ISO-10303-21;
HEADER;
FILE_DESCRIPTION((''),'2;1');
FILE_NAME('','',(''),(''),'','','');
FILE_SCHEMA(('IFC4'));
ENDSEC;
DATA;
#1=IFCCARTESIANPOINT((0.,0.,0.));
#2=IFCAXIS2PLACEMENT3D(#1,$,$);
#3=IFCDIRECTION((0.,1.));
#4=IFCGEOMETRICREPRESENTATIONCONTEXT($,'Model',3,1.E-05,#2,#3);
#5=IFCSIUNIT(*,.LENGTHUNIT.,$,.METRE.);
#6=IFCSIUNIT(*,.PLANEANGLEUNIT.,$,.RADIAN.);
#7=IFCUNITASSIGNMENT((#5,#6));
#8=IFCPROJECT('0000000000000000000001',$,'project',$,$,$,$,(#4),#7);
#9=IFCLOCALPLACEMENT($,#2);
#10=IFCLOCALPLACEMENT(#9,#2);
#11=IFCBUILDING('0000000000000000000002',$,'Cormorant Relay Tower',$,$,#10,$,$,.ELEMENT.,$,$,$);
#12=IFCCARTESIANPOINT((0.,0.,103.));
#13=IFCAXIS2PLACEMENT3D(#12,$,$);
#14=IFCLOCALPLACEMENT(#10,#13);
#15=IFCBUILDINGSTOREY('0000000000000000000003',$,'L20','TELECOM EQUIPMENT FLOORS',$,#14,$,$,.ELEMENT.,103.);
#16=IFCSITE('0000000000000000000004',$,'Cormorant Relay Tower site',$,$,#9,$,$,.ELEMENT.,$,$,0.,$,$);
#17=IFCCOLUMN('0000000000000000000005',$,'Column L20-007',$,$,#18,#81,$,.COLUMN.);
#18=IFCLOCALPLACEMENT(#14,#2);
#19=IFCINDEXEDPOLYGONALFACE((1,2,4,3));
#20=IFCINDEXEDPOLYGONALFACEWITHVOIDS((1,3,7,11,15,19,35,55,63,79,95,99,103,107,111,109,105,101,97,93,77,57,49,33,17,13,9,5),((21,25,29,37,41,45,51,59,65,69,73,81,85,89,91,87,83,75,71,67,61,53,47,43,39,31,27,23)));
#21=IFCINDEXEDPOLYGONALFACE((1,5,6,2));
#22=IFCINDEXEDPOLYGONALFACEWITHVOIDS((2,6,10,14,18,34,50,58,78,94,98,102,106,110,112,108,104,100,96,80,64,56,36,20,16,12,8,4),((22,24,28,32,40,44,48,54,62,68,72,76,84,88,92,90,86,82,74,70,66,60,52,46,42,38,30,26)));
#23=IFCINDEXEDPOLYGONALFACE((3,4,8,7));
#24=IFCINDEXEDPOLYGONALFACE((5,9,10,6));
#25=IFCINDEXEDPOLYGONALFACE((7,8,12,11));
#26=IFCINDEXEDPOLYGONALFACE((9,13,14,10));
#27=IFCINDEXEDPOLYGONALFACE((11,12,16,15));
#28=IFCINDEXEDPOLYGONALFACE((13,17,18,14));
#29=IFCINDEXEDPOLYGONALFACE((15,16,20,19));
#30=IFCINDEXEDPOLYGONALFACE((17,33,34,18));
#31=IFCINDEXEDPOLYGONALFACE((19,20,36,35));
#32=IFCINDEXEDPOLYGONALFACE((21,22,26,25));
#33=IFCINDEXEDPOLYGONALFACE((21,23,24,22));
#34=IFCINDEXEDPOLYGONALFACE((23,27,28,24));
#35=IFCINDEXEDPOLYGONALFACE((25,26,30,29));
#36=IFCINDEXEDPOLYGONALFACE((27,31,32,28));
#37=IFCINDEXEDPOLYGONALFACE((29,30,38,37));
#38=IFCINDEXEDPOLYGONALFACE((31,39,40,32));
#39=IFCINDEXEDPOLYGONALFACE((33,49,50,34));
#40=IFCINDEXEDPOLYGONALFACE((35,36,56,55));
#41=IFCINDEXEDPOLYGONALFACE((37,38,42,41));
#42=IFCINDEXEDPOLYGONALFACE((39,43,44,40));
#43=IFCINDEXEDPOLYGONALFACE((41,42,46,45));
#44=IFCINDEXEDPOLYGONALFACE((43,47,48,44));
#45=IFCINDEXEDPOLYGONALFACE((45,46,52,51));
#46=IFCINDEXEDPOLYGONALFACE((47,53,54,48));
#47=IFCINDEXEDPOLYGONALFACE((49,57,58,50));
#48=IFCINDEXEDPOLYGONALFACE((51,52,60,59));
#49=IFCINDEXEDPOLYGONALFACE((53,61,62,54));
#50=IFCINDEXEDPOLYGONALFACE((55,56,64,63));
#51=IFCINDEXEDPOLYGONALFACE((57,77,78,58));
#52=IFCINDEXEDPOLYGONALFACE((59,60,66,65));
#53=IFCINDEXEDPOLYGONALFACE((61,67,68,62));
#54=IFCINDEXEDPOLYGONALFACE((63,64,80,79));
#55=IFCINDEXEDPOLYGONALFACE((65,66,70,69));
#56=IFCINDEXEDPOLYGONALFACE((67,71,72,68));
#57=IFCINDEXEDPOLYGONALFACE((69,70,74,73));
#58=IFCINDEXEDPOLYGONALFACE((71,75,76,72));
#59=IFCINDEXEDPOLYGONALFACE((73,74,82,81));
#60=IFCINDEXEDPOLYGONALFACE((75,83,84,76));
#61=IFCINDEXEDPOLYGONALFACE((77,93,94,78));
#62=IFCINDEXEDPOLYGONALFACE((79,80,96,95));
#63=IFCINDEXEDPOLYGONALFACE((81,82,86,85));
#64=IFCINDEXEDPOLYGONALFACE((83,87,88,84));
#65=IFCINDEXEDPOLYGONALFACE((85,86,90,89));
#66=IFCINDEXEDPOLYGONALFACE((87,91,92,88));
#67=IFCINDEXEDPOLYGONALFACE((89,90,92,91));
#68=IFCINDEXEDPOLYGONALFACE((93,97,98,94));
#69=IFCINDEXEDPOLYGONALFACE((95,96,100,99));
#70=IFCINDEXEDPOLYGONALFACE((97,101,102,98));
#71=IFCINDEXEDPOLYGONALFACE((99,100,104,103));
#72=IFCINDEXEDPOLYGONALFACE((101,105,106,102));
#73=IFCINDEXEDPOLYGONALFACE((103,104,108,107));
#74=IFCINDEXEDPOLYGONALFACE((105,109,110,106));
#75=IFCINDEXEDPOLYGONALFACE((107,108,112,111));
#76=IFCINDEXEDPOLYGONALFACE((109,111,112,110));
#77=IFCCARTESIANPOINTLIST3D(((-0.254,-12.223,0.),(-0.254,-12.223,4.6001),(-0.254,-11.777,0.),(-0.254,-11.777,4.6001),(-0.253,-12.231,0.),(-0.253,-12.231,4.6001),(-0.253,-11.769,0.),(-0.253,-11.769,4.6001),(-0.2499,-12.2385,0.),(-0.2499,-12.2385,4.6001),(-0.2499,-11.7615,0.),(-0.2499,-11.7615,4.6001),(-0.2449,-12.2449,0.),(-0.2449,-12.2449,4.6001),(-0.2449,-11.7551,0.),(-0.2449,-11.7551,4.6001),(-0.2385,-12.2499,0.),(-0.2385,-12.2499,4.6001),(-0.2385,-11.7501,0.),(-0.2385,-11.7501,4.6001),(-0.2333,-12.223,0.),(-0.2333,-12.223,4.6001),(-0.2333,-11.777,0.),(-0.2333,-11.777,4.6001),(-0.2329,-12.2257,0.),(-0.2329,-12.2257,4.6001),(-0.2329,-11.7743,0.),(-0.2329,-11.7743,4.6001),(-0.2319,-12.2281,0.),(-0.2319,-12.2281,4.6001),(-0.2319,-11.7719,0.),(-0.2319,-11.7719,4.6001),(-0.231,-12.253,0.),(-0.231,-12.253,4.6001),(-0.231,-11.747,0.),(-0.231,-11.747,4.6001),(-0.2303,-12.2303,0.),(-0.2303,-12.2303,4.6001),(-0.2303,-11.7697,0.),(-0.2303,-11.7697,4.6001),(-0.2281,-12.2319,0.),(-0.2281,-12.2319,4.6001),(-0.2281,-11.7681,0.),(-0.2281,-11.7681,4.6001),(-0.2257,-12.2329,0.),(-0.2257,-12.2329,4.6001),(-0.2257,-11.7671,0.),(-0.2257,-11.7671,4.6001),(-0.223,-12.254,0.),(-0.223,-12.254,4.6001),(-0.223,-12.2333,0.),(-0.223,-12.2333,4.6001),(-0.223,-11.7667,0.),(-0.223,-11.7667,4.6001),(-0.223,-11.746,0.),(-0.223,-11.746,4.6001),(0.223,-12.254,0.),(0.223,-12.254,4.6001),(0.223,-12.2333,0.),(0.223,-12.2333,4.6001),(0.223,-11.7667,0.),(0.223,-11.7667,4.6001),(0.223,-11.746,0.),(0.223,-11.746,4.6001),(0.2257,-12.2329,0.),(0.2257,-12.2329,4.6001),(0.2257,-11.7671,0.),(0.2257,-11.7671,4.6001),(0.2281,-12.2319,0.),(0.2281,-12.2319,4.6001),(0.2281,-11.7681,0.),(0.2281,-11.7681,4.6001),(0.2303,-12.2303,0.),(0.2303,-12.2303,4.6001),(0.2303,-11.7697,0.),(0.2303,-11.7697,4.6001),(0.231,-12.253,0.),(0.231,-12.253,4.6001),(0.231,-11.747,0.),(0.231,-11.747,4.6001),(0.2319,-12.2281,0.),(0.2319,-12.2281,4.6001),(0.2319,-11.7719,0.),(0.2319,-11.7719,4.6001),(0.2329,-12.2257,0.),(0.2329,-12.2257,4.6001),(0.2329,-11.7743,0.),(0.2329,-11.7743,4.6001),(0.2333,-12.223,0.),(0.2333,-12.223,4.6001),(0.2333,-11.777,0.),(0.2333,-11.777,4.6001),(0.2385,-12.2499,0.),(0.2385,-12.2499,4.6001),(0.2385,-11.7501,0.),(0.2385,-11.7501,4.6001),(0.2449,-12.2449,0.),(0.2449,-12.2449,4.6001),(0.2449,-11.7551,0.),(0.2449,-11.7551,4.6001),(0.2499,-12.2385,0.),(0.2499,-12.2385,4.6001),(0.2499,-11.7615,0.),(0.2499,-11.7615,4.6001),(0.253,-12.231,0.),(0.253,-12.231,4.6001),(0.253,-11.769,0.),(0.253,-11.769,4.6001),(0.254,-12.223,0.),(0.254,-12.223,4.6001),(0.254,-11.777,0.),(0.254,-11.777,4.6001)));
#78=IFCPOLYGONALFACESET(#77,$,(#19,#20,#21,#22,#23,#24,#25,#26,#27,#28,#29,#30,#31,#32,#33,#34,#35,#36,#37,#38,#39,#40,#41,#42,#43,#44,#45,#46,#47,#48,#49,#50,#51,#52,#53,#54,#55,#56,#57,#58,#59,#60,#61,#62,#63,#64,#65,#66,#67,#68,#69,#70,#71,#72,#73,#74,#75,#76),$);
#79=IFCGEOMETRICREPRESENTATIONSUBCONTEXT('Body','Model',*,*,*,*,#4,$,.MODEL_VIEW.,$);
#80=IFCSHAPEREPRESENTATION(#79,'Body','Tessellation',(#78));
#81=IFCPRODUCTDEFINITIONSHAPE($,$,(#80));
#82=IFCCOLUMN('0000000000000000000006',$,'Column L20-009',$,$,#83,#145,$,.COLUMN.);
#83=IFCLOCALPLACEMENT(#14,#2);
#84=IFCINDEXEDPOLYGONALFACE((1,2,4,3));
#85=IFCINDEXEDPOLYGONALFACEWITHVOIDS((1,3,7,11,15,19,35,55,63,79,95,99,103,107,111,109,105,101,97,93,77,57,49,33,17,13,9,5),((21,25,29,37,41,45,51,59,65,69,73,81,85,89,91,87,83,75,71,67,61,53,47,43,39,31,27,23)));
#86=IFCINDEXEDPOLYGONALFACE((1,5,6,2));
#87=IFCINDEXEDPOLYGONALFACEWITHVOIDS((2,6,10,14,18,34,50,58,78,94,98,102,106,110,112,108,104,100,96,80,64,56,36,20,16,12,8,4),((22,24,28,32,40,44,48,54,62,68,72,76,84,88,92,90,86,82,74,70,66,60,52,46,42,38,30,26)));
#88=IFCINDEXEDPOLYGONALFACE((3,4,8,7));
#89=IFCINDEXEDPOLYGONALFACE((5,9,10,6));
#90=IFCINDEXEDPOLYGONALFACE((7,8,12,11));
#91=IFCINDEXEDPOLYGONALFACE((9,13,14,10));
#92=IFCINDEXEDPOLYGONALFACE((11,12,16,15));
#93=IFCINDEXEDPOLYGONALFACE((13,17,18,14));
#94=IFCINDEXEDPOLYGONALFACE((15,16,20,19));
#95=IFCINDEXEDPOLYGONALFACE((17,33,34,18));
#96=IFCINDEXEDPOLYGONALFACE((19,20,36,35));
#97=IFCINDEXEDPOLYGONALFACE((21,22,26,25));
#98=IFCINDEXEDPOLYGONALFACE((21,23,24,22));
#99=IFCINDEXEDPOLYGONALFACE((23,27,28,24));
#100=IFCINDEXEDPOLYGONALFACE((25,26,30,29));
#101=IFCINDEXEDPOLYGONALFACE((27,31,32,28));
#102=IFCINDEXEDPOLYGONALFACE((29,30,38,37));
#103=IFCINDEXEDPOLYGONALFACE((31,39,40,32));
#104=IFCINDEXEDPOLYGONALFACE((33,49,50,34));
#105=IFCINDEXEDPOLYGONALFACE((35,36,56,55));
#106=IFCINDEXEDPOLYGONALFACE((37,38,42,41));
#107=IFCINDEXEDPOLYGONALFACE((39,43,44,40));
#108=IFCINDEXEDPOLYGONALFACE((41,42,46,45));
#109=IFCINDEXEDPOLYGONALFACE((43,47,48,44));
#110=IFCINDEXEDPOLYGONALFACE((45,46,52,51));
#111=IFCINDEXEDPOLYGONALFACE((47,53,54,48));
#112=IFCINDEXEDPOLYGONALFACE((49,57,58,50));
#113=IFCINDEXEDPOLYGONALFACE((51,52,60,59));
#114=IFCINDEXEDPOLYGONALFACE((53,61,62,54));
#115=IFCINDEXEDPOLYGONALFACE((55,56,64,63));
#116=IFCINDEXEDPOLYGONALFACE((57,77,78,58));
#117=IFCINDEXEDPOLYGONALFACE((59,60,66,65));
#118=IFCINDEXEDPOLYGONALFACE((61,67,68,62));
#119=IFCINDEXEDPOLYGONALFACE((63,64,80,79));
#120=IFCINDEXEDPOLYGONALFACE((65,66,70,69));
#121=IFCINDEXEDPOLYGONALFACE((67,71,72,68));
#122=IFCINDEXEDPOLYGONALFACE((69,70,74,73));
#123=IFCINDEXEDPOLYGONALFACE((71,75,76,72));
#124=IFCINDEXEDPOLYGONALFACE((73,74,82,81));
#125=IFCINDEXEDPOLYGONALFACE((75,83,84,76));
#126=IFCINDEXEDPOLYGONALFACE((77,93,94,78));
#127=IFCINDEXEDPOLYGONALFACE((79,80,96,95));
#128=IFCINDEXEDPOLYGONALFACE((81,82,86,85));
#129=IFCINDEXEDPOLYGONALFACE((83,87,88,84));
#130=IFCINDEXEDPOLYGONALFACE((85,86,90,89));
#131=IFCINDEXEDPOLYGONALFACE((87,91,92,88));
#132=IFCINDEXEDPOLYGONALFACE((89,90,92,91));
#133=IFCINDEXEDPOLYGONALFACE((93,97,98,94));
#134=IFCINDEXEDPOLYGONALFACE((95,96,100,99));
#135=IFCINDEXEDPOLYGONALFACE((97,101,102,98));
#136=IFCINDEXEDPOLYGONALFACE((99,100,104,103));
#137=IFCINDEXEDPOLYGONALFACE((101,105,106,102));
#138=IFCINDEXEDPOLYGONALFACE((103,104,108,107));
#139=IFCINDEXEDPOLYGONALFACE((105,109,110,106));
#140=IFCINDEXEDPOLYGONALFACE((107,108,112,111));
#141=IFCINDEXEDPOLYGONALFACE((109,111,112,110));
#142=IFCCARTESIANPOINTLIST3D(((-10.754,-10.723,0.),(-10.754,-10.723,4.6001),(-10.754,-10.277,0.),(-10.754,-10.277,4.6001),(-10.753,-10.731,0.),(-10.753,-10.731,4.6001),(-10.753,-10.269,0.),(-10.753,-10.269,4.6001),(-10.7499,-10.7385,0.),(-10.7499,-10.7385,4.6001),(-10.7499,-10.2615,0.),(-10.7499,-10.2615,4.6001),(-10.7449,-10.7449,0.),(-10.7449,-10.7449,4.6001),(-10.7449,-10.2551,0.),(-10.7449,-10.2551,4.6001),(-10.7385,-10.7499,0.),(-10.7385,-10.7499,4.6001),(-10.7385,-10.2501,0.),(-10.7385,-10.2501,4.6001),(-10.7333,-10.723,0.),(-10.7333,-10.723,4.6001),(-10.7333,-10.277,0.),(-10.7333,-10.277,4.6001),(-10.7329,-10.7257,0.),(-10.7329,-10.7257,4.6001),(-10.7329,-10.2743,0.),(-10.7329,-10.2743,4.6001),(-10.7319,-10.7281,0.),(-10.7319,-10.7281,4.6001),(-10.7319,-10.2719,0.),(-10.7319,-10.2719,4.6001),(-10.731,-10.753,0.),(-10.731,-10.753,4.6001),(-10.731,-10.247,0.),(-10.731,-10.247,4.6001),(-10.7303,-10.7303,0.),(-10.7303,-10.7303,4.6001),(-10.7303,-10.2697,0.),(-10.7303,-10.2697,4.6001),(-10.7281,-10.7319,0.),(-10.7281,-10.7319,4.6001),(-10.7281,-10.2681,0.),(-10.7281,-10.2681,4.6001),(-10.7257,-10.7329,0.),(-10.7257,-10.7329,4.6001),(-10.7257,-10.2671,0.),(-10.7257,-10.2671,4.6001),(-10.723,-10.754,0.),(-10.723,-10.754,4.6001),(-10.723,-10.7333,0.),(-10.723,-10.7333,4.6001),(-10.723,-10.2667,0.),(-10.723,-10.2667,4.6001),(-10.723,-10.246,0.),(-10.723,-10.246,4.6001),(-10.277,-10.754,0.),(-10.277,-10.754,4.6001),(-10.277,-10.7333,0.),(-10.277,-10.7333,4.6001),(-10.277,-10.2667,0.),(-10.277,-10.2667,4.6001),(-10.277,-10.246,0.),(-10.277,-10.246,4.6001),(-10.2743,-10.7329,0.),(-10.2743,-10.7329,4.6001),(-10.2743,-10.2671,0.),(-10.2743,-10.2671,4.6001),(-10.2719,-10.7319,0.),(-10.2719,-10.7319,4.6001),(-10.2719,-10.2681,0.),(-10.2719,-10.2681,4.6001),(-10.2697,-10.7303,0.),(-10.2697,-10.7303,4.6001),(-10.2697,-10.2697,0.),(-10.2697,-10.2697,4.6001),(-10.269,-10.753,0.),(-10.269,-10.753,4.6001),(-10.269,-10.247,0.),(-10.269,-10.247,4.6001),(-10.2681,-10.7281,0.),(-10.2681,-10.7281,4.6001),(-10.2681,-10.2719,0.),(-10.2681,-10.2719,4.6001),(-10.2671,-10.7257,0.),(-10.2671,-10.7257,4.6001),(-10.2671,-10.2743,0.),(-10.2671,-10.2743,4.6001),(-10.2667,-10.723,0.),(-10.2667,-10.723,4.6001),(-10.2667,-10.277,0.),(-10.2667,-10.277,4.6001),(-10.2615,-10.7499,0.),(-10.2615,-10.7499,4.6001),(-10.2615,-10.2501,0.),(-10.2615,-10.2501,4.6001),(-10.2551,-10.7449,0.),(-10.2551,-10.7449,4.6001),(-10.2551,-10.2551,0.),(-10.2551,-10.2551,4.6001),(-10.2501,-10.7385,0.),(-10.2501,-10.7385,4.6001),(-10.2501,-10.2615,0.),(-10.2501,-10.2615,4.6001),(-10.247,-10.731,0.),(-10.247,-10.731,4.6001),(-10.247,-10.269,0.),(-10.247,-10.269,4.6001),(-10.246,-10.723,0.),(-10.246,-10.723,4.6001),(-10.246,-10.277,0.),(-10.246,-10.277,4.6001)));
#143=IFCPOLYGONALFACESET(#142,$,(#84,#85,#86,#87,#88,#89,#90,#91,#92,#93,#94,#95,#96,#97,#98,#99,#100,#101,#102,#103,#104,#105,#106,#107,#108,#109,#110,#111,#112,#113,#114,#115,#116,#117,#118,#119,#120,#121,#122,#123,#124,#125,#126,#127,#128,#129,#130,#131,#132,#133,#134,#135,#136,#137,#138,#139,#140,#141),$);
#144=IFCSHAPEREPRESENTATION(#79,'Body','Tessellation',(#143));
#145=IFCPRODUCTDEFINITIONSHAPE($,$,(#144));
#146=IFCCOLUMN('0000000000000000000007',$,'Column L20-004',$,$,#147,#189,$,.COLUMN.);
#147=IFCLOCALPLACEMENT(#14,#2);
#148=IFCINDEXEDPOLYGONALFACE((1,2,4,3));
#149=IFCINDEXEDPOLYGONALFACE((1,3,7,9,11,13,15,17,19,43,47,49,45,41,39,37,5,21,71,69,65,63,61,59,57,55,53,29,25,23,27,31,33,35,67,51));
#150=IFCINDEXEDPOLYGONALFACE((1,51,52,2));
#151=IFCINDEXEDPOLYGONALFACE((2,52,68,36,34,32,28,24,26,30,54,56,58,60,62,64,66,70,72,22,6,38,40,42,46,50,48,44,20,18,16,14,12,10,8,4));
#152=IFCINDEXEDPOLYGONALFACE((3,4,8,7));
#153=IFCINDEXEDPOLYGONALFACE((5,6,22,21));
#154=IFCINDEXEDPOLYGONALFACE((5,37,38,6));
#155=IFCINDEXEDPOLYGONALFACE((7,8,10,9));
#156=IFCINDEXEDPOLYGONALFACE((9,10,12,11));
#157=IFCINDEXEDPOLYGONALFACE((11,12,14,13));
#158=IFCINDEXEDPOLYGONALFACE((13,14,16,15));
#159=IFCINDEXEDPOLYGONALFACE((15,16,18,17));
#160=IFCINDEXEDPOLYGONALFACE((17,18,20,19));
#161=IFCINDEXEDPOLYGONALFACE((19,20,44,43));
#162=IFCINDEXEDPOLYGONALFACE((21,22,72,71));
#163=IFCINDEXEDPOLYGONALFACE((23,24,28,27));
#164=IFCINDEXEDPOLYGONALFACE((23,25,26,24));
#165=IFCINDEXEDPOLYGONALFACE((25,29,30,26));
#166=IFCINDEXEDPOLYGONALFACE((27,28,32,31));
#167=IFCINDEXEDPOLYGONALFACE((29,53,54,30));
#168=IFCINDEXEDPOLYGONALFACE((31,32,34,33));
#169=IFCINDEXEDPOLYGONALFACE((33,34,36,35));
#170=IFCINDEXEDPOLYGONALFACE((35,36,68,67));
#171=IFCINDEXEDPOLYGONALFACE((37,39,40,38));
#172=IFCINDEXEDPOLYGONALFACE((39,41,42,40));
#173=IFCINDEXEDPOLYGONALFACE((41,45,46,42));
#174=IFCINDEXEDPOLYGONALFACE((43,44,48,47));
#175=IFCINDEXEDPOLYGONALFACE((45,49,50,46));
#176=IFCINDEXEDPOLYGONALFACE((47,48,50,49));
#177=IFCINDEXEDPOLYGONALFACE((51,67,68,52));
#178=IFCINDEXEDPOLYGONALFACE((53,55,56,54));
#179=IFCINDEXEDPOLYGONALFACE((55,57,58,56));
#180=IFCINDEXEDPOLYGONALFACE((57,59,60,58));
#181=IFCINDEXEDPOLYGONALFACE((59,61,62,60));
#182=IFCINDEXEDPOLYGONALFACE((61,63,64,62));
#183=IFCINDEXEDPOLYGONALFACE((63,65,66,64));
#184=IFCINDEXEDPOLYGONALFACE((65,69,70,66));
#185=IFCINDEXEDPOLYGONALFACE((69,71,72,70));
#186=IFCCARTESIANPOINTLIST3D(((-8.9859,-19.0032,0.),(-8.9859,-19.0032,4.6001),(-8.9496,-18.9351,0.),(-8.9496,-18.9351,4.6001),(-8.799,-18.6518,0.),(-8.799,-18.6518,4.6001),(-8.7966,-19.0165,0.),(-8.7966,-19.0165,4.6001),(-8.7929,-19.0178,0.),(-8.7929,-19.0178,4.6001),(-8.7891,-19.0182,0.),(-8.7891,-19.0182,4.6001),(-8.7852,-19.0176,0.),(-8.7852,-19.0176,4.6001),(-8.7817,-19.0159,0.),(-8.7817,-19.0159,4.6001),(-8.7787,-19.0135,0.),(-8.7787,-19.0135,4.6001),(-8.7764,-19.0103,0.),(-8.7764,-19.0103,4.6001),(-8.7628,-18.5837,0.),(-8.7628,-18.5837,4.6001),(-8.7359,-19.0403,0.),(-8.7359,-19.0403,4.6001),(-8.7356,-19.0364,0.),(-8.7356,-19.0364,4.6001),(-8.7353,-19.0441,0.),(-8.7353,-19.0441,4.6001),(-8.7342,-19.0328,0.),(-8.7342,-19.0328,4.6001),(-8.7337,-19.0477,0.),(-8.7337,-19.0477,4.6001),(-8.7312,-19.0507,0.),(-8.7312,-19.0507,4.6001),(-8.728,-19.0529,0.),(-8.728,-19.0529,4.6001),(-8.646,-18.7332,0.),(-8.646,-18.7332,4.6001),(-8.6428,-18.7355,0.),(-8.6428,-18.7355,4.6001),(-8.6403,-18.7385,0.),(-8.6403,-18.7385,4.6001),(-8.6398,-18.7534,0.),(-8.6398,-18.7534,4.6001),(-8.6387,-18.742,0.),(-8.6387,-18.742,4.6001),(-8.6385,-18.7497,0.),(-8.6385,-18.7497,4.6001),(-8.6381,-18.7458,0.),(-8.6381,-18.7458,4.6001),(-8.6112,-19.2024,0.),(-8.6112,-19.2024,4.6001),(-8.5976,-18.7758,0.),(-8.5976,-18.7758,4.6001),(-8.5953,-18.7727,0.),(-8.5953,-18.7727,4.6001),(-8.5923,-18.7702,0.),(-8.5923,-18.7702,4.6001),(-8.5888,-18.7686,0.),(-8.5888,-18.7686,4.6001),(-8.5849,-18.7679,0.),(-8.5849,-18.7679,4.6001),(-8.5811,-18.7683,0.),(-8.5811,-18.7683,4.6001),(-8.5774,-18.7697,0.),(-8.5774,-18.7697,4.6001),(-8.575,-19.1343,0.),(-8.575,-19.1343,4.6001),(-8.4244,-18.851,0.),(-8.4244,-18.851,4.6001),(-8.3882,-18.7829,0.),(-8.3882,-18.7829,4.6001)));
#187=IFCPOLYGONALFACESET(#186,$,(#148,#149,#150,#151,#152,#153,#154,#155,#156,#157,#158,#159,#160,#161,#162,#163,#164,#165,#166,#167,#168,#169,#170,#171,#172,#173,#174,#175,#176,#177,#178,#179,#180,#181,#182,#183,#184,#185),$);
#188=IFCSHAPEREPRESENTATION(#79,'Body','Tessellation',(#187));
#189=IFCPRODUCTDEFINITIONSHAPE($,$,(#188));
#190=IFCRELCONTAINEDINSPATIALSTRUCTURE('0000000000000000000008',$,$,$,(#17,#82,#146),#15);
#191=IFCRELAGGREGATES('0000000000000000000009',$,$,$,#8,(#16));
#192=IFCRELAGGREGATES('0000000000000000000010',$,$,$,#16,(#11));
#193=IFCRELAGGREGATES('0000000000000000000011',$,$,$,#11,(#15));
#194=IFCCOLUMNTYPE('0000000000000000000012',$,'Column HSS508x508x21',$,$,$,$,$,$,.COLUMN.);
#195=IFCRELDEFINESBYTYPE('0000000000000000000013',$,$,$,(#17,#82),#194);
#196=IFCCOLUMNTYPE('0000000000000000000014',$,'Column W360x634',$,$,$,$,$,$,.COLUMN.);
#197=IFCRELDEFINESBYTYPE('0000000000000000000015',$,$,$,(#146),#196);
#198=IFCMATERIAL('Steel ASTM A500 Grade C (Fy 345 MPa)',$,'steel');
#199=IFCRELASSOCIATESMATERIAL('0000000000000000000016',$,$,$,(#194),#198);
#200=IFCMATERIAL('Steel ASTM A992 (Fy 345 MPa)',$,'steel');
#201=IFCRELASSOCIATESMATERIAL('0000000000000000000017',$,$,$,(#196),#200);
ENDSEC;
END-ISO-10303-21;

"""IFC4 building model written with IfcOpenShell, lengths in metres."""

from ifc_helpers import new_model, si_unit, direction, frame, origin, origin_2d, place, context, subcontext, project, spatial, hollow_rectangle, i_section, extrude, material, material_profile, profile_set, type_object, element, save


model = new_model("IFC4")

# Units and contexts
model_context = context("Model", 3, precision=1e-05, world=origin(), true_north=direction((0.0, 1.0)))
body_context = subcontext(model_context, "Body", "Model", "MODEL_VIEW")
ifc_project = project(units=[si_unit("LENGTHUNIT", "METRE"), si_unit("PLANEANGLEUNIT", "RADIAN")], contexts=[model_context])

# Site, building, storey
site_placement = place(None, origin())
site = spatial("IfcSite", under=ifc_project, at=site_placement, Name="Cormorant Relay Tower site", CompositionType="ELEMENT", RefElevation=0.0)
building_placement = place(site_placement, origin())
building = spatial("IfcBuilding", under=site, at=building_placement, Name="Cormorant Relay Tower", CompositionType="ELEMENT")
storey_placement = place(building_placement, frame((0.0, 0.0, 103.0)))
storey = spatial("IfcBuildingStorey", under=building, at=storey_placement, Name="L20", Description="TELECOM EQUIPMENT FLOORS", CompositionType="ELEMENT", Elevation=103.0)

# Columns
ifc_material_1 = material(Name="Steel ASTM A500 Grade C (Fy 345 MPa)", Category="steel")
ifc_material_profile_1 = material_profile(ifc_material_1, hollow_rectangle(XDim=0.5081, YDim=0.5081, WallThickness=0.0208, InnerFilletRadius=0.0103, OuterFilletRadius=0.031, at=origin_2d()), Name="HSS508x508x21")
ifc_profile_set_1 = profile_set([ifc_material_profile_1], Name="Steel ASTM A500 Grade C (Fy 345 MPa)")
column_type_1 = type_object("IfcColumnType", Name="Column HSS508x508x21", PredefinedType="COLUMN", material=ifc_profile_set_1)
for number, where, z_axis, x_axis, name in (
    (1, (0.0, -12.0, 0.0), (0.0, 0.0, 1.0), (1.0, 0.0, 0.0), "Column L20-007"),
    (2, (-10.5, -10.5, 0.0), (0.0, 0.0, 1.0), (1.0, 0.0, 0.0), "Column L20-009"),
):
    element("IfcColumn", number, at=place(storey_placement, frame(where, z_axis=z_axis, x_axis=x_axis)), inside=storey, type_object=column_type_1, Name=name, PredefinedType="COLUMN", context=body_context, shape_type="SweptSolid", body=[
        extrude(hollow_rectangle(XDim=0.5081, YDim=0.5081, WallThickness=0.0208, InnerFilletRadius=0.0103, OuterFilletRadius=0.031, at=origin_2d()), origin(), (0.0, 0.0, 1.0), 4.6001),
    ])
ifc_material_2 = material(Name="Steel ASTM A992 (Fy 345 MPa)", Category="steel")
ifc_material_profile_2 = material_profile(ifc_material_2, i_section(OverallWidth=0.4243, OverallDepth=0.4751, WebThickness=0.0479, FlangeThickness=0.0771, FilletRadius=0.0149, at=origin_2d()), Name="W360x634")
ifc_profile_set_2 = profile_set([ifc_material_profile_2], Name="Steel ASTM A992 (Fy 345 MPa)")
column_type_2 = type_object("IfcColumnType", Name="Column W360x634", PredefinedType="COLUMN", material=ifc_profile_set_2)
for number, where, z_axis, x_axis, name in (
    (3, (-8.687, -18.8931, 0.0), (0.0, 0.0, 1.0), (0.882948, -0.469472, 0.0), "Column L20-004"),
):
    element("IfcColumn", number, at=place(storey_placement, frame(where, z_axis=z_axis, x_axis=x_axis)), inside=storey, type_object=column_type_2, Name=name, PredefinedType="COLUMN", context=body_context, shape_type="SweptSolid", body=[
        extrude(i_section(OverallWidth=0.4243, OverallDepth=0.4751, WebThickness=0.0479, FlangeThickness=0.0771, FilletRadius=0.0149, at=origin_2d()), origin(), (0.0, 0.0, 1.0), 4.6001),
    ])

save(model, "model.ifc")
